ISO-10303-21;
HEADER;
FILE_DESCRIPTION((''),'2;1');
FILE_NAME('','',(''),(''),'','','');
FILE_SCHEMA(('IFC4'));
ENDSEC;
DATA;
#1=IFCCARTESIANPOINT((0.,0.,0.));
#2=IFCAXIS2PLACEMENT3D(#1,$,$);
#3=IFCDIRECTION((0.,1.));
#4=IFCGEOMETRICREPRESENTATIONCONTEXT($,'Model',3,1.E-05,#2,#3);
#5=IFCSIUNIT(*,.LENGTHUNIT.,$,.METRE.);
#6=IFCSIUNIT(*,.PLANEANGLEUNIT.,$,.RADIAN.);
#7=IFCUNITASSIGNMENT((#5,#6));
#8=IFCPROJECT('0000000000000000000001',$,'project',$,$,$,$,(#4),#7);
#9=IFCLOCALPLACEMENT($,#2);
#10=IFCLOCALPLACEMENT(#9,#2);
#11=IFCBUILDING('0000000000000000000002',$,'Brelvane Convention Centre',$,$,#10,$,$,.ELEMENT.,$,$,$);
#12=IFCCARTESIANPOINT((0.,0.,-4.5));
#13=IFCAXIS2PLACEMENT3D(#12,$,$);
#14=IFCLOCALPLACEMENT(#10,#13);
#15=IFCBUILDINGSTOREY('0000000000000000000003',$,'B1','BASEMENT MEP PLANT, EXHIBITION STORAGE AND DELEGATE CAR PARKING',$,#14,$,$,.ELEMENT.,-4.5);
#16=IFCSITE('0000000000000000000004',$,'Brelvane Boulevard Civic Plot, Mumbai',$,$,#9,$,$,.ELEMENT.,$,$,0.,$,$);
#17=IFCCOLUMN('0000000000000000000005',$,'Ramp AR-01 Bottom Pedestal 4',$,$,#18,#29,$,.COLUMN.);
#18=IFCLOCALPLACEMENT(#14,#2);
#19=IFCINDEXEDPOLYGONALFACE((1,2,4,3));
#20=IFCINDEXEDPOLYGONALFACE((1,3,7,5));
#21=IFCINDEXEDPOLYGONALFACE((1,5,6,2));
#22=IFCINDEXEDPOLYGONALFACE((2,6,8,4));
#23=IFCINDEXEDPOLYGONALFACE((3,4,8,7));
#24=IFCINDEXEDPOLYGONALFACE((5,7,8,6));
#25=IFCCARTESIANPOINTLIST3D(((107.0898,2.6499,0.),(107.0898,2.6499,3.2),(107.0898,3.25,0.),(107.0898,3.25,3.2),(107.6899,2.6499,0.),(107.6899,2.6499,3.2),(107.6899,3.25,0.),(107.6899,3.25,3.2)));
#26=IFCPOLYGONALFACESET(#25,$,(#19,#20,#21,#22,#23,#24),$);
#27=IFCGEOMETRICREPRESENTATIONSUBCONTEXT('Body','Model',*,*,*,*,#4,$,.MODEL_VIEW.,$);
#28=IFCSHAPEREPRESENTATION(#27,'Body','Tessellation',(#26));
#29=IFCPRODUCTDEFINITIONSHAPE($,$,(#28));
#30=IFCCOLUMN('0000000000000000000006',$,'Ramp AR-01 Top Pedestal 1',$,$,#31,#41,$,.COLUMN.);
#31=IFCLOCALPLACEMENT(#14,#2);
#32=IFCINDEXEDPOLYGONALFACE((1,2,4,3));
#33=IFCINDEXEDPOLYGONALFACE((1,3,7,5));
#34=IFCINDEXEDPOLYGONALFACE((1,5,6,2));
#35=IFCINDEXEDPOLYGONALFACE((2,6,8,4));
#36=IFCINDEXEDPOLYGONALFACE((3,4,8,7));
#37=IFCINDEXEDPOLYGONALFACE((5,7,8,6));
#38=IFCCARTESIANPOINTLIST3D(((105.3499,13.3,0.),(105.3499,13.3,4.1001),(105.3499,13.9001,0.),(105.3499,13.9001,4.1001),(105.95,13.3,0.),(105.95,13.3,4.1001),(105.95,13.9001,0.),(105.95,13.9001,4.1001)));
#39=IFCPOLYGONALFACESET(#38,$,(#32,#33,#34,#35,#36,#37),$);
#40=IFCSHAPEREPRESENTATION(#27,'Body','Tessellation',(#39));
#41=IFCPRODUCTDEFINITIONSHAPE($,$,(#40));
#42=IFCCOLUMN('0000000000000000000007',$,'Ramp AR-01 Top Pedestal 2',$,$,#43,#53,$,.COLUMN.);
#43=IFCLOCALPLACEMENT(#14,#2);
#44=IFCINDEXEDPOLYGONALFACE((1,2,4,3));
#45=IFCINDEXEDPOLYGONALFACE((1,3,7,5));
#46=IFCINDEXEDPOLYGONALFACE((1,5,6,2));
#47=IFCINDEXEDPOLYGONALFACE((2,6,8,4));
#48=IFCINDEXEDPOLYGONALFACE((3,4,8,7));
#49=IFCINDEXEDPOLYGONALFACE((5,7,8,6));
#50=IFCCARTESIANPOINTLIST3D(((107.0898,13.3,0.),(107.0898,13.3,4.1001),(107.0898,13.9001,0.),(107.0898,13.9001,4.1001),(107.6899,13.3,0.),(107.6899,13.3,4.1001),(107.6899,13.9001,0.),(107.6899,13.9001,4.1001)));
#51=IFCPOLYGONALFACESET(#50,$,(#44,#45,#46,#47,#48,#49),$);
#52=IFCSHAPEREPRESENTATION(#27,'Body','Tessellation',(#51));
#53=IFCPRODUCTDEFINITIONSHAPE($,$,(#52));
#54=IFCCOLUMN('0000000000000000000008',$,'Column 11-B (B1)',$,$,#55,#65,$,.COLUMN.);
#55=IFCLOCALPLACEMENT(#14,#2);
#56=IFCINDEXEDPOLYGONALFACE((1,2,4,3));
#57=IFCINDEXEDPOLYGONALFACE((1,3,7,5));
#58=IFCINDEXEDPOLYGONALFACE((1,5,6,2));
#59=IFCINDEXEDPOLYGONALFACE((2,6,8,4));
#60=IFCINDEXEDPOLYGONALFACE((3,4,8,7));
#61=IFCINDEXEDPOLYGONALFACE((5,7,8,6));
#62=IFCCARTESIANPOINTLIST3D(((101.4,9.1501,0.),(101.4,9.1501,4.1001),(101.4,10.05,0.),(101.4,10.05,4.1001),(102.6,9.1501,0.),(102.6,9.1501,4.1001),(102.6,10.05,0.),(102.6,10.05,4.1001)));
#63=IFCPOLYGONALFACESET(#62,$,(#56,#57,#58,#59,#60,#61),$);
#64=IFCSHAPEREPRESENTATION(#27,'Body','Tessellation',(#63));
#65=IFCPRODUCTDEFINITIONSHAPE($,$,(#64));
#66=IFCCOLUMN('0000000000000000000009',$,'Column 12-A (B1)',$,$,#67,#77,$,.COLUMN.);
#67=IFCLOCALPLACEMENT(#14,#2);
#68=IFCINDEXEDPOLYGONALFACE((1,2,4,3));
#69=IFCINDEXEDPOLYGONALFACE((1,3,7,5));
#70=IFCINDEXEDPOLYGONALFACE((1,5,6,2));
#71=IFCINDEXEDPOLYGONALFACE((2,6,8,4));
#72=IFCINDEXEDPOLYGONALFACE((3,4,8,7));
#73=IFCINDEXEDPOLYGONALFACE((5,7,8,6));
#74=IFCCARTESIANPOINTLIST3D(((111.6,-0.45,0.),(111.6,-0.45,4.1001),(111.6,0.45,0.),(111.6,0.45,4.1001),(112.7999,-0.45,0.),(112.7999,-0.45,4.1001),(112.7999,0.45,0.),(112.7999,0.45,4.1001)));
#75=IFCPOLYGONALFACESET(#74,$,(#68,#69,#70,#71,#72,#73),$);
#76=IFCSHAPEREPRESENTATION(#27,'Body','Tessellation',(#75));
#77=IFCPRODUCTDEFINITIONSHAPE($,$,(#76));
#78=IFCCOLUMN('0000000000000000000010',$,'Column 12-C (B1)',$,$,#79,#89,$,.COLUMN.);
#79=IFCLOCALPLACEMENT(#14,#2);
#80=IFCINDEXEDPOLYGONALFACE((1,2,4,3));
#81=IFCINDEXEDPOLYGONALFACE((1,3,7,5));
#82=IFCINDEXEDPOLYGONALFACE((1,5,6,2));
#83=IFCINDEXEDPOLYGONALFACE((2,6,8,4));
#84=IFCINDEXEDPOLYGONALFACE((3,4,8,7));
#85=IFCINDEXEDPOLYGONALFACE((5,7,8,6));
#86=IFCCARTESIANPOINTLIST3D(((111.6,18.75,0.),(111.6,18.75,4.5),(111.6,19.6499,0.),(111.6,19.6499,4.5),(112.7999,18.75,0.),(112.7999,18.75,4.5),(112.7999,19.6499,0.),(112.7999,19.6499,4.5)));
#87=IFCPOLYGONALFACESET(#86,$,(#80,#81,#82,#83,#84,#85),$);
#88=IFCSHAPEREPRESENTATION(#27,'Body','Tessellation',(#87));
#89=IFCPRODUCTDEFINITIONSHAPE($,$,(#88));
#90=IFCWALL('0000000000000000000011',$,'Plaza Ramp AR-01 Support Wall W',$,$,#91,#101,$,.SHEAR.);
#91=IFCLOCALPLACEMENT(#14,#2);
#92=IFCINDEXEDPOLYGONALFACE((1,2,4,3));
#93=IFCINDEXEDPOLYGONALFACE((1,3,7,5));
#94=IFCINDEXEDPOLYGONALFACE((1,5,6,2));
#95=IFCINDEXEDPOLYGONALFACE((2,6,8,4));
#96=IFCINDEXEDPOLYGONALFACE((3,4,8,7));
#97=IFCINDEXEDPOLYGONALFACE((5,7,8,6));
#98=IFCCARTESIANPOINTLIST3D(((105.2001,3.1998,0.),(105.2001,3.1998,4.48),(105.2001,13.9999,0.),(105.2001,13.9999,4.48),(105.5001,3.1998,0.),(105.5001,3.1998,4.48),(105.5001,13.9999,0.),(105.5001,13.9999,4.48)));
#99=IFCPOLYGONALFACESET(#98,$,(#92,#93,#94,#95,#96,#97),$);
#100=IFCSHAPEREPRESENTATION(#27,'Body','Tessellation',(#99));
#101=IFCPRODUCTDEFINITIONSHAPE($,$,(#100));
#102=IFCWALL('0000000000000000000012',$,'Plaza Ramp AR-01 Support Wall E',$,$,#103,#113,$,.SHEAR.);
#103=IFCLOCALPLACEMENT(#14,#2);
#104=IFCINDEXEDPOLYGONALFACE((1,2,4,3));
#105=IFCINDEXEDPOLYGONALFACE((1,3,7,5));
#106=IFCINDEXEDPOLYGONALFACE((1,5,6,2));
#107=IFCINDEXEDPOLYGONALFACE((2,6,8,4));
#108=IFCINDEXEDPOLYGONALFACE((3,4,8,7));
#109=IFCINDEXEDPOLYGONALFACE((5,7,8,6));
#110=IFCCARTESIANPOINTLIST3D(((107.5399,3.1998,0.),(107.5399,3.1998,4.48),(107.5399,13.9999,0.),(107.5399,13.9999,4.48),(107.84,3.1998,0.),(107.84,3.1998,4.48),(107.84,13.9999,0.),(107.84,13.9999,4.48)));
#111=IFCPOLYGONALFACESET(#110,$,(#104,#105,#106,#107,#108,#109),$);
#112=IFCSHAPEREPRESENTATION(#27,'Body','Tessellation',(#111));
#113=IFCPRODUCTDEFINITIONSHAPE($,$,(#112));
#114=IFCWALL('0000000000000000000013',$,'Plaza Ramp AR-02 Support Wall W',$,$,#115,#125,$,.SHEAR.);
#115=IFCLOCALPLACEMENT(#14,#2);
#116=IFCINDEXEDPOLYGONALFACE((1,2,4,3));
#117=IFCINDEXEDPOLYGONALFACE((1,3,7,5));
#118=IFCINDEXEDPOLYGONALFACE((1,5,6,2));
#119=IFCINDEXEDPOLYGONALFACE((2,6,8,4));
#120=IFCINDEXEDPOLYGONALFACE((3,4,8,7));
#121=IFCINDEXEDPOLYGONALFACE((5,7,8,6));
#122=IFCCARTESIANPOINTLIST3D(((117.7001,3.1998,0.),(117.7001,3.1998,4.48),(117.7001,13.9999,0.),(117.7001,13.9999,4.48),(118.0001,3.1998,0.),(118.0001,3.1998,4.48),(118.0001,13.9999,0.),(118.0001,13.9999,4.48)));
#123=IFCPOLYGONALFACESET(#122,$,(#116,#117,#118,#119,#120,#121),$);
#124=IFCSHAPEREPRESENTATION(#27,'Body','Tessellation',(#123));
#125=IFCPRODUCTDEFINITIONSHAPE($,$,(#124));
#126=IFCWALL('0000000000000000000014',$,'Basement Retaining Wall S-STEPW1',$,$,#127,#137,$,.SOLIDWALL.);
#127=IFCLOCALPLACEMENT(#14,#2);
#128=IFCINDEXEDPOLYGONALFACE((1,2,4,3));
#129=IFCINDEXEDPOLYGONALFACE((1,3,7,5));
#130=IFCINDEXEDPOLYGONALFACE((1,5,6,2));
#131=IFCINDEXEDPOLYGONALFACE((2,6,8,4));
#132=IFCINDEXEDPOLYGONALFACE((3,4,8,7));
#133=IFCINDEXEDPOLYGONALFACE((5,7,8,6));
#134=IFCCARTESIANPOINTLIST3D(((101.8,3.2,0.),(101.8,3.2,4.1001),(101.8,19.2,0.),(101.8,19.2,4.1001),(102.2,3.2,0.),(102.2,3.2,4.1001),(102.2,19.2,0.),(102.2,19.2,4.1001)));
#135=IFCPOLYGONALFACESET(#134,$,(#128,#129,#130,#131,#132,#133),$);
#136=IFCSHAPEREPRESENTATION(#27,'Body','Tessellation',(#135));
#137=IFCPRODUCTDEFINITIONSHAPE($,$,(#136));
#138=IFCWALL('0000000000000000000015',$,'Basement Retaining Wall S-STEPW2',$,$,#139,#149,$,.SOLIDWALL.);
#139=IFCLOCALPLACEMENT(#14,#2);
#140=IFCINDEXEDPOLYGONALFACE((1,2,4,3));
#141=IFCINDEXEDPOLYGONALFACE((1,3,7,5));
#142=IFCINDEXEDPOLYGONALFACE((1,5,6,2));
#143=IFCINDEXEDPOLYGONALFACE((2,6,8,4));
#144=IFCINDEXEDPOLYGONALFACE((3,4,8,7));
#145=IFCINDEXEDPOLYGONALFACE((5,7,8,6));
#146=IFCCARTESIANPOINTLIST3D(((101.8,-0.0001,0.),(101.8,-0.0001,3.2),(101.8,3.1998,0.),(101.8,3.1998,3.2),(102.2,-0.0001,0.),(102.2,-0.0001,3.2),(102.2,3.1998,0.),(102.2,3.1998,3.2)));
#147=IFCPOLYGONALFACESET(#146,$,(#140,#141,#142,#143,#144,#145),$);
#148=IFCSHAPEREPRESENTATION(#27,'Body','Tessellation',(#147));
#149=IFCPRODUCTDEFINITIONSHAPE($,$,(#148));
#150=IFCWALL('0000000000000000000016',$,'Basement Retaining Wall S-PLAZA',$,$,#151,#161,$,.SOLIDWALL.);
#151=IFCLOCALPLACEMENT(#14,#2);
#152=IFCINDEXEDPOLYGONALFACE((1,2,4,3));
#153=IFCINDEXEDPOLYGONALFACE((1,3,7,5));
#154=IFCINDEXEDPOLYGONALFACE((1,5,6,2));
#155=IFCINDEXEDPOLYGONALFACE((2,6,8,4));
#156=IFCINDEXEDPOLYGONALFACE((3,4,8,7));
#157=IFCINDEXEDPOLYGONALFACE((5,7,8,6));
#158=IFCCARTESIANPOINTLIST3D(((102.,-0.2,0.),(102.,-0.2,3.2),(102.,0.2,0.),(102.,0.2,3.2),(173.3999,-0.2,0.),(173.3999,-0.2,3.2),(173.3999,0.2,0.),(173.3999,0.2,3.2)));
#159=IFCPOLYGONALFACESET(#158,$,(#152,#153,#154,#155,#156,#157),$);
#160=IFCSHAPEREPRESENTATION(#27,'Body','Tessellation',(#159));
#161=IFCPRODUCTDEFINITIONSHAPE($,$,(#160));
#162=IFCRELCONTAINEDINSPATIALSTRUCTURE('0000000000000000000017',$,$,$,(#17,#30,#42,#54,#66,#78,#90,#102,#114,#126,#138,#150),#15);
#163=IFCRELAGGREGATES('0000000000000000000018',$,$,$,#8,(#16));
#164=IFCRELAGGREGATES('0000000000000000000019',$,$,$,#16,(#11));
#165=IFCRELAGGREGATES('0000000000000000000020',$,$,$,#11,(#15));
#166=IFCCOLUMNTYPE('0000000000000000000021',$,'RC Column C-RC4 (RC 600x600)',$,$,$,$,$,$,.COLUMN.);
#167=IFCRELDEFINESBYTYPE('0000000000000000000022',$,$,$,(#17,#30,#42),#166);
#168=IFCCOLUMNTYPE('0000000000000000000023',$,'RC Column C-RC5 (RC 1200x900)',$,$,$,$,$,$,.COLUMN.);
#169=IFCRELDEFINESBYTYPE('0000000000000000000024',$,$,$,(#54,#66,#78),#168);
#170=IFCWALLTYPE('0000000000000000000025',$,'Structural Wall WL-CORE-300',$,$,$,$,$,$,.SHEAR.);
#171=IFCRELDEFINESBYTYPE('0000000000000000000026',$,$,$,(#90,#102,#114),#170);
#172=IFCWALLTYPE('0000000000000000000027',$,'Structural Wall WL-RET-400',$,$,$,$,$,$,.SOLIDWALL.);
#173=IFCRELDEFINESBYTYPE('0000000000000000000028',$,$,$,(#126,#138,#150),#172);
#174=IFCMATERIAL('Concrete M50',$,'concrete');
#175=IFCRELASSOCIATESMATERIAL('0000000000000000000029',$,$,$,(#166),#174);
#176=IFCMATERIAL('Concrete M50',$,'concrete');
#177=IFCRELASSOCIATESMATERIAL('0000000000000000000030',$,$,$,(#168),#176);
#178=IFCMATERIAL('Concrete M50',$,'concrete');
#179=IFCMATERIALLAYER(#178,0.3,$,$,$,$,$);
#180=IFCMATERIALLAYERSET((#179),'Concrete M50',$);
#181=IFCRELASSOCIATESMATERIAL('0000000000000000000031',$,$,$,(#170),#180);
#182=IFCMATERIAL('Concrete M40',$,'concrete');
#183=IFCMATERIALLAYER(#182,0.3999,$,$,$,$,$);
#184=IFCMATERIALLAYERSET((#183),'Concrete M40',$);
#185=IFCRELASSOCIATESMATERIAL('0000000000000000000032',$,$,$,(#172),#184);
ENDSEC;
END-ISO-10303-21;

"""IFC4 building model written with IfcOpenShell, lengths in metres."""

from ifc_helpers import new_model, si_unit, direction, frame, frame_2d, origin, origin_2d, place, context, subcontext, project, spatial, rectangle, extrude, material, layer, layer_set, material_profile, profile_set, type_object, element, save


model = new_model("IFC4")

# Units and contexts
model_context = context("Model", 3, precision=1e-05, world=origin(), true_north=direction((0.0, 1.0)))
body_context = subcontext(model_context, "Body", "Model", "MODEL_VIEW")
ifc_project = project(units=[si_unit("LENGTHUNIT", "METRE"), si_unit("PLANEANGLEUNIT", "RADIAN")], contexts=[model_context])

# Site, building, storey
site_placement = place(None, origin())
site = spatial("IfcSite", under=ifc_project, at=site_placement, Name="Brelvane Boulevard Civic Plot, Mumbai", CompositionType="ELEMENT", RefElevation=0.0)
building_placement = place(site_placement, origin())
building = spatial("IfcBuilding", under=site, at=building_placement, Name="Brelvane Convention Centre", CompositionType="ELEMENT")
storey_placement = place(building_placement, frame((0.0, 0.0, -4.5)))
storey = spatial("IfcBuildingStorey", under=building, at=storey_placement, Name="B1", Description="BASEMENT MEP PLANT, EXHIBITION STORAGE AND DELEGATE CAR PARKING", CompositionType="ELEMENT", Elevation=-4.5)

# Columns
ifc_material_1 = material(Name="Concrete M50", Category="concrete")
ifc_material_profile_1 = material_profile(ifc_material_1, rectangle(XDim=0.6001, YDim=0.6001, at=origin_2d()), Name="RC 600x600")
ifc_profile_set_1 = profile_set([ifc_material_profile_1], Name="Concrete M50")
column_type_1 = type_object("IfcColumnType", Name="RC Column C-RC4 (RC 600x600)", PredefinedType="COLUMN", material=ifc_profile_set_1)
for number, where, z_axis, x_axis, name in (
    (1, (107.3899, 2.95, 0.0), (0.0, 0.0, 1.0), (1.0, 0.0, 0.0), "Ramp AR-01 Bottom Pedestal 4"),
):
    element("IfcColumn", number, at=place(storey_placement, frame(where, z_axis=z_axis, x_axis=x_axis)), inside=storey, type_object=column_type_1, Name=name, PredefinedType="COLUMN", context=body_context, shape_type="SweptSolid", body=[
        extrude(rectangle(XDim=0.6001, YDim=0.6001, at=origin_2d()), origin(), (0.0, 0.0, 1.0), 3.2),
    ])
for number, where, z_axis, x_axis, name in (
    (2, (105.6499, 13.6001, 0.0), (0.0, 0.0, 1.0), (1.0, 0.0, 0.0), "Ramp AR-01 Top Pedestal 1"),
    (3, (107.3899, 13.6001, 0.0), (0.0, 0.0, 1.0), (1.0, 0.0, 0.0), "Ramp AR-01 Top Pedestal 2"),
):
    element("IfcColumn", number, at=place(storey_placement, frame(where, z_axis=z_axis, x_axis=x_axis)), inside=storey, type_object=column_type_1, Name=name, PredefinedType="COLUMN", context=body_context, shape_type="SweptSolid", body=[
        extrude(rectangle(XDim=0.6001, YDim=0.6001, at=origin_2d()), origin(), (0.0, 0.0, 1.0), 4.1001),
    ])
ifc_material_2 = material(Name="Concrete M50", Category="concrete")
ifc_material_profile_2 = material_profile(ifc_material_2, rectangle(XDim=1.2, YDim=0.8999, at=origin_2d()), Name="RC 1200x900")
ifc_profile_set_2 = profile_set([ifc_material_profile_2], Name="Concrete M50")
column_type_2 = type_object("IfcColumnType", Name="RC Column C-RC5 (RC 1200x900)", PredefinedType="COLUMN", material=ifc_profile_set_2)
for number, where, z_axis, x_axis, name in (
    (4, (102.0, 9.6001, 0.0), (0.0, 0.0, 1.0), (1.0, 0.0, 0.0), "Column 11-B (B1)"),
    (5, (112.2, 0.0, 0.0), (0.0, 0.0, 1.0), (1.0, 0.0, 0.0), "Column 12-A (B1)"),
):
    element("IfcColumn", number, at=place(storey_placement, frame(where, z_axis=z_axis, x_axis=x_axis)), inside=storey, type_object=column_type_2, Name=name, PredefinedType="COLUMN", context=body_context, shape_type="SweptSolid", body=[
        extrude(rectangle(XDim=1.2, YDim=0.8999, at=origin_2d()), origin(), (0.0, 0.0, 1.0), 4.1001),
    ])
column_1_placement = place(storey_placement, frame((112.2, 19.2, 0.0), z_axis=(0.0, 0.0, 1.0), x_axis=(1.0, 0.0, 0.0)))
element("IfcColumn", 6, at=column_1_placement, inside=storey, type_object=column_type_2, Name="Column 12-C (B1)", PredefinedType="COLUMN", context=body_context, shape_type="SweptSolid", body=[
    extrude(rectangle(XDim=1.2, YDim=0.8999, at=origin_2d()), origin(), (0.0, 0.0, 1.0), 4.5),
])

# Walls
ifc_material_3 = material(Name="Concrete M50", Category="concrete")
ifc_layer_1 = layer(ifc_material_3, 0.3)
ifc_layer_set_1 = layer_set([ifc_layer_1], Name="Concrete M50")
wall_type_1 = type_object("IfcWallType", Name="Structural Wall WL-CORE-300", PredefinedType="SHEAR", material=ifc_layer_set_1)
for number, where, z_axis, x_axis, name in (
    (7, (105.3501, 3.2, 0.0), (0.0, 0.0, 1.0), (0.0, 1.0, 0.0), "Plaza Ramp AR-01 Support Wall W"),
    (8, (107.6899, 3.2, 0.0), (0.0, 0.0, 1.0), (0.0, 1.0, 0.0), "Plaza Ramp AR-01 Support Wall E"),
    (9, (117.8501, 3.2, 0.0), (0.0, 0.0, 1.0), (0.0, 1.0, 0.0), "Plaza Ramp AR-02 Support Wall W"),
):
    element("IfcWall", number, at=place(storey_placement, frame(where, z_axis=z_axis, x_axis=x_axis)), inside=storey, type_object=wall_type_1, Name=name, PredefinedType="SHEAR", context=body_context, shape_type="SweptSolid", body=[
        extrude(rectangle(XDim=10.8, YDim=0.3, at=frame_2d((5.3999, 0.0))), origin(), (0.0, 0.0, 1.0), 4.48),
    ])
ifc_material_4 = material(Name="Concrete M40", Category="concrete")
ifc_layer_2 = layer(ifc_material_4, 0.3999)
ifc_layer_set_2 = layer_set([ifc_layer_2], Name="Concrete M40")
wall_type_2 = type_object("IfcWallType", Name="Structural Wall WL-RET-400", PredefinedType="SOLIDWALL", material=ifc_layer_set_2)
wall_1_placement = place(storey_placement, frame((102.0, 19.2, 0.0), z_axis=(0.0, 0.0, 1.0), x_axis=(0.0, -1.0, 0.0)))
element("IfcWall", 10, at=wall_1_placement, inside=storey, type_object=wall_type_2, Name="Basement Retaining Wall S-STEPW1", PredefinedType="SOLIDWALL", context=body_context, shape_type="SweptSolid", body=[
    extrude(rectangle(XDim=16.0, YDim=0.3999, at=frame_2d((8.0, 0.0))), origin(), (0.0, 0.0, 1.0), 4.1001),
])
wall_2_placement = place(storey_placement, frame((102.0, 3.2, 0.0), z_axis=(0.0, 0.0, 1.0), x_axis=(0.0, -1.0, 0.0)))
element("IfcWall", 11, at=wall_2_placement, inside=storey, type_object=wall_type_2, Name="Basement Retaining Wall S-STEPW2", PredefinedType="SOLIDWALL", context=body_context, shape_type="SweptSolid", body=[
    extrude(rectangle(XDim=3.2, YDim=0.3999, at=frame_2d((1.6001, 0.0))), origin(), (0.0, 0.0, 1.0), 3.2),
])
wall_3_placement = place(storey_placement, frame((102.0, 0.0, 0.0), z_axis=(0.0, 0.0, 1.0), x_axis=(1.0, 0.0, 0.0)))
element("IfcWall", 12, at=wall_3_placement, inside=storey, type_object=wall_type_2, Name="Basement Retaining Wall S-PLAZA", PredefinedType="SOLIDWALL", context=body_context, shape_type="SweptSolid", body=[
    extrude(rectangle(XDim=71.3999, YDim=0.3999, at=frame_2d((35.7, 0.0))), origin(), (0.0, 0.0, 1.0), 3.2),
])

save(model, "model.ifc")
